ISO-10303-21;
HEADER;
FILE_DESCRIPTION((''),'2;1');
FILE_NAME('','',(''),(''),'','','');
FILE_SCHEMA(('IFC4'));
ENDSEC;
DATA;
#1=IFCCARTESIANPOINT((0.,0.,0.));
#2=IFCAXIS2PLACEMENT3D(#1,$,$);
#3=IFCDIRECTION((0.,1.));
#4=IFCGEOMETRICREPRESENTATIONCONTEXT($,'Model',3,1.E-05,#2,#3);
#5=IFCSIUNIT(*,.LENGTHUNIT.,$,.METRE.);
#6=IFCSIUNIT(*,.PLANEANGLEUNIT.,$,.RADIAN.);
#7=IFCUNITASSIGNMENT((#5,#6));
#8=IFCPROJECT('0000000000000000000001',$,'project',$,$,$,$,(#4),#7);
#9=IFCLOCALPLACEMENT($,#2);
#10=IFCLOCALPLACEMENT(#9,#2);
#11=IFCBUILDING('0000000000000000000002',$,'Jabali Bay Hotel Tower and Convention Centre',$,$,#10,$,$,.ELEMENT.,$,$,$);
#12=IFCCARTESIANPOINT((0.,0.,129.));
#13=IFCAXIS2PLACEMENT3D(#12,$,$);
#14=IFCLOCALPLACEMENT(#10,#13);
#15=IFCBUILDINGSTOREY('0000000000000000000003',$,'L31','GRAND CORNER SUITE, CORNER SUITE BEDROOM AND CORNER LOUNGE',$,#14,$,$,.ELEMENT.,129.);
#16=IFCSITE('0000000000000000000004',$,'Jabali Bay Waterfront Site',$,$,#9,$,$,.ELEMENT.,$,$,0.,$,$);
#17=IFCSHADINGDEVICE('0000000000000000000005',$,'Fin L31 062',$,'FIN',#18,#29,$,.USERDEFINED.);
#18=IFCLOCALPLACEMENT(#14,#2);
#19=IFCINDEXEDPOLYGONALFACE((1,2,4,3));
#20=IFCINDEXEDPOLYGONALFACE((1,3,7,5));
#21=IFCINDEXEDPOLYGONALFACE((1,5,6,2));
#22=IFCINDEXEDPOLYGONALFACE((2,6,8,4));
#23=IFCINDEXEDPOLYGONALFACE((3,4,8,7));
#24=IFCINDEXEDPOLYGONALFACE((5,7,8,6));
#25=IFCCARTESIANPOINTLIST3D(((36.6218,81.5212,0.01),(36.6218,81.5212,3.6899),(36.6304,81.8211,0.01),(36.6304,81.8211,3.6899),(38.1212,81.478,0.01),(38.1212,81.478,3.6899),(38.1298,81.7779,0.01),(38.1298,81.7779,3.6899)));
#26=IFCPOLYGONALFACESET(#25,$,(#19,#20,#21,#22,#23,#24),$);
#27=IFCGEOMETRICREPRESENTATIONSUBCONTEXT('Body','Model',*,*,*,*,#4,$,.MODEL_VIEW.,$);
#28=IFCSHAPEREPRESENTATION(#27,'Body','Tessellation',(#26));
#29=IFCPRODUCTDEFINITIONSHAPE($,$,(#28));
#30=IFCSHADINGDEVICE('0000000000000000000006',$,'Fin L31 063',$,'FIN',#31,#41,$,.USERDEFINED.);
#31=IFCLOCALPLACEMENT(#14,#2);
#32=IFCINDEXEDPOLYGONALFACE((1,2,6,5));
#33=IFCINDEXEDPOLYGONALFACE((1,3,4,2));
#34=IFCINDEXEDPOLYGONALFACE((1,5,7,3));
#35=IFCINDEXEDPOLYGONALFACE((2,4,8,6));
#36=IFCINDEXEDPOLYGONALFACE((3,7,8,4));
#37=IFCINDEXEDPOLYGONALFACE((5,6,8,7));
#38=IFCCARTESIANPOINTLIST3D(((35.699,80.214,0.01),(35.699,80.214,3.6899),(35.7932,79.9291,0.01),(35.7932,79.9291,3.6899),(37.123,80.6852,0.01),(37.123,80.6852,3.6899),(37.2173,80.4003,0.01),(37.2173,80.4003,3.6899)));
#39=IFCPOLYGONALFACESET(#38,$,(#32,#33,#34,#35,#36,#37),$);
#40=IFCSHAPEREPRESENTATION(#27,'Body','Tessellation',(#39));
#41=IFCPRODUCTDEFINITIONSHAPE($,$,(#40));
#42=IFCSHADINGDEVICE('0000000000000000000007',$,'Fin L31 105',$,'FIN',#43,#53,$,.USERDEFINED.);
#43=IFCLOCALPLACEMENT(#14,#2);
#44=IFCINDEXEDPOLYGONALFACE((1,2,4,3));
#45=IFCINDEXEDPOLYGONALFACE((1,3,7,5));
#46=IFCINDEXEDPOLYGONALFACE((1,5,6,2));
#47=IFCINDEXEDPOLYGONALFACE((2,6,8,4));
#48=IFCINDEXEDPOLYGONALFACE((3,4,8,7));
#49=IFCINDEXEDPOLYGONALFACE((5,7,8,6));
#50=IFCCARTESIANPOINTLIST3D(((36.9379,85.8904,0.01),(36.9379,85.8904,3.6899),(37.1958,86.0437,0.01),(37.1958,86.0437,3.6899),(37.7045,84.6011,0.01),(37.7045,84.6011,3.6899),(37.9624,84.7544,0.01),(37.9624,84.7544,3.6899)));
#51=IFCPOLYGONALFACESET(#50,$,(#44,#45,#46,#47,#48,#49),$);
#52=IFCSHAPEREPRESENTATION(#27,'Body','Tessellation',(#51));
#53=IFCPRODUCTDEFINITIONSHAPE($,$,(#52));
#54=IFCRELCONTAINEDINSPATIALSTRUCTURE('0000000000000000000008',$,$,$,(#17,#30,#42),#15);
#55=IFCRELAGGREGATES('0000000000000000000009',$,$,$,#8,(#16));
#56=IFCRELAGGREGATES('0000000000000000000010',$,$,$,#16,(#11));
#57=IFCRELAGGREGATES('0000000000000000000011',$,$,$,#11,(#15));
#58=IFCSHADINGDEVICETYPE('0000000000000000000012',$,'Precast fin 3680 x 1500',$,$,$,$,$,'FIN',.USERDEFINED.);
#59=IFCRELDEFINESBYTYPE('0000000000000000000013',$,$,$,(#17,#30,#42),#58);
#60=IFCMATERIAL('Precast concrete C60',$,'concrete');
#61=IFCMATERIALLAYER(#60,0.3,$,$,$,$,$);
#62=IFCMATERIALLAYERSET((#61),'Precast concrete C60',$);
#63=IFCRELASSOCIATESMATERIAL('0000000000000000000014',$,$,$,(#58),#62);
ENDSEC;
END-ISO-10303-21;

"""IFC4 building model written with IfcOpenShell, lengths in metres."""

from ifc_helpers import new_model, si_unit, direction, frame, frame_2d, origin, place, context, subcontext, project, spatial, rectangle, extrude, material, layer, layer_set, type_object, element, save


model = new_model("IFC4")

# Units and contexts
model_context = context("Model", 3, precision=1e-05, world=origin(), true_north=direction((0.0, 1.0)))
body_context = subcontext(model_context, "Body", "Model", "MODEL_VIEW")
ifc_project = project(units=[si_unit("LENGTHUNIT", "METRE"), si_unit("PLANEANGLEUNIT", "RADIAN")], contexts=[model_context])

# Site, building, storey
site_placement = place(None, origin())
site = spatial("IfcSite", under=ifc_project, at=site_placement, Name="Jabali Bay Waterfront Site", CompositionType="ELEMENT", RefElevation=0.0)
building_placement = place(site_placement, origin())
building = spatial("IfcBuilding", under=site, at=building_placement, Name="Jabali Bay Hotel Tower and Convention Centre", CompositionType="ELEMENT")
storey_placement = place(building_placement, frame((0.0, 0.0, 129.0)))
storey = spatial("IfcBuildingStorey", under=building, at=storey_placement, Name="L31", Description="GRAND CORNER SUITE, CORNER SUITE BEDROOM AND CORNER LOUNGE", CompositionType="ELEMENT", Elevation=129.0)

# Shading devices
ifc_material_1 = material(Name="Precast concrete C60", Category="concrete")
ifc_layer_1 = layer(ifc_material_1, 0.3)
ifc_layer_set_1 = layer_set([ifc_layer_1], Name="Precast concrete C60")
shading_device_type = type_object("IfcShadingDeviceType", Name="Precast fin 3680 x 1500", ElementType="FIN", PredefinedType="USERDEFINED", material=ifc_layer_set_1)
for number, where, z_axis, x_axis, name in (
    (1, (38.1255, 81.6279, 0.01), (0.0, 0.0, 1.0), (-0.999585, 0.028811, 0.0), "Fin L31 062"),
    (2, (37.1702, 80.5427, 0.01), (0.0, 0.0, 1.0), (-0.949381, -0.314127, 0.0), "Fin L31 063"),
    (3, (37.8335, 84.6777, 0.01), (0.0, 0.0, 1.0), (-0.511069, 0.85954, 0.0), "Fin L31 105"),
):
    element("IfcShadingDevice", number, at=place(storey_placement, frame(where, z_axis=z_axis, x_axis=x_axis)), inside=storey, type_object=shading_device_type, Name=name, ObjectType="FIN", PredefinedType="USERDEFINED", context=body_context, shape_type="SweptSolid", body=[
        extrude(rectangle(XDim=1.5, YDim=0.3, at=frame_2d((0.75, 0.0))), origin(), (0.0, 0.0, 1.0), 3.6799),
    ])

save(model, "model.ifc")
